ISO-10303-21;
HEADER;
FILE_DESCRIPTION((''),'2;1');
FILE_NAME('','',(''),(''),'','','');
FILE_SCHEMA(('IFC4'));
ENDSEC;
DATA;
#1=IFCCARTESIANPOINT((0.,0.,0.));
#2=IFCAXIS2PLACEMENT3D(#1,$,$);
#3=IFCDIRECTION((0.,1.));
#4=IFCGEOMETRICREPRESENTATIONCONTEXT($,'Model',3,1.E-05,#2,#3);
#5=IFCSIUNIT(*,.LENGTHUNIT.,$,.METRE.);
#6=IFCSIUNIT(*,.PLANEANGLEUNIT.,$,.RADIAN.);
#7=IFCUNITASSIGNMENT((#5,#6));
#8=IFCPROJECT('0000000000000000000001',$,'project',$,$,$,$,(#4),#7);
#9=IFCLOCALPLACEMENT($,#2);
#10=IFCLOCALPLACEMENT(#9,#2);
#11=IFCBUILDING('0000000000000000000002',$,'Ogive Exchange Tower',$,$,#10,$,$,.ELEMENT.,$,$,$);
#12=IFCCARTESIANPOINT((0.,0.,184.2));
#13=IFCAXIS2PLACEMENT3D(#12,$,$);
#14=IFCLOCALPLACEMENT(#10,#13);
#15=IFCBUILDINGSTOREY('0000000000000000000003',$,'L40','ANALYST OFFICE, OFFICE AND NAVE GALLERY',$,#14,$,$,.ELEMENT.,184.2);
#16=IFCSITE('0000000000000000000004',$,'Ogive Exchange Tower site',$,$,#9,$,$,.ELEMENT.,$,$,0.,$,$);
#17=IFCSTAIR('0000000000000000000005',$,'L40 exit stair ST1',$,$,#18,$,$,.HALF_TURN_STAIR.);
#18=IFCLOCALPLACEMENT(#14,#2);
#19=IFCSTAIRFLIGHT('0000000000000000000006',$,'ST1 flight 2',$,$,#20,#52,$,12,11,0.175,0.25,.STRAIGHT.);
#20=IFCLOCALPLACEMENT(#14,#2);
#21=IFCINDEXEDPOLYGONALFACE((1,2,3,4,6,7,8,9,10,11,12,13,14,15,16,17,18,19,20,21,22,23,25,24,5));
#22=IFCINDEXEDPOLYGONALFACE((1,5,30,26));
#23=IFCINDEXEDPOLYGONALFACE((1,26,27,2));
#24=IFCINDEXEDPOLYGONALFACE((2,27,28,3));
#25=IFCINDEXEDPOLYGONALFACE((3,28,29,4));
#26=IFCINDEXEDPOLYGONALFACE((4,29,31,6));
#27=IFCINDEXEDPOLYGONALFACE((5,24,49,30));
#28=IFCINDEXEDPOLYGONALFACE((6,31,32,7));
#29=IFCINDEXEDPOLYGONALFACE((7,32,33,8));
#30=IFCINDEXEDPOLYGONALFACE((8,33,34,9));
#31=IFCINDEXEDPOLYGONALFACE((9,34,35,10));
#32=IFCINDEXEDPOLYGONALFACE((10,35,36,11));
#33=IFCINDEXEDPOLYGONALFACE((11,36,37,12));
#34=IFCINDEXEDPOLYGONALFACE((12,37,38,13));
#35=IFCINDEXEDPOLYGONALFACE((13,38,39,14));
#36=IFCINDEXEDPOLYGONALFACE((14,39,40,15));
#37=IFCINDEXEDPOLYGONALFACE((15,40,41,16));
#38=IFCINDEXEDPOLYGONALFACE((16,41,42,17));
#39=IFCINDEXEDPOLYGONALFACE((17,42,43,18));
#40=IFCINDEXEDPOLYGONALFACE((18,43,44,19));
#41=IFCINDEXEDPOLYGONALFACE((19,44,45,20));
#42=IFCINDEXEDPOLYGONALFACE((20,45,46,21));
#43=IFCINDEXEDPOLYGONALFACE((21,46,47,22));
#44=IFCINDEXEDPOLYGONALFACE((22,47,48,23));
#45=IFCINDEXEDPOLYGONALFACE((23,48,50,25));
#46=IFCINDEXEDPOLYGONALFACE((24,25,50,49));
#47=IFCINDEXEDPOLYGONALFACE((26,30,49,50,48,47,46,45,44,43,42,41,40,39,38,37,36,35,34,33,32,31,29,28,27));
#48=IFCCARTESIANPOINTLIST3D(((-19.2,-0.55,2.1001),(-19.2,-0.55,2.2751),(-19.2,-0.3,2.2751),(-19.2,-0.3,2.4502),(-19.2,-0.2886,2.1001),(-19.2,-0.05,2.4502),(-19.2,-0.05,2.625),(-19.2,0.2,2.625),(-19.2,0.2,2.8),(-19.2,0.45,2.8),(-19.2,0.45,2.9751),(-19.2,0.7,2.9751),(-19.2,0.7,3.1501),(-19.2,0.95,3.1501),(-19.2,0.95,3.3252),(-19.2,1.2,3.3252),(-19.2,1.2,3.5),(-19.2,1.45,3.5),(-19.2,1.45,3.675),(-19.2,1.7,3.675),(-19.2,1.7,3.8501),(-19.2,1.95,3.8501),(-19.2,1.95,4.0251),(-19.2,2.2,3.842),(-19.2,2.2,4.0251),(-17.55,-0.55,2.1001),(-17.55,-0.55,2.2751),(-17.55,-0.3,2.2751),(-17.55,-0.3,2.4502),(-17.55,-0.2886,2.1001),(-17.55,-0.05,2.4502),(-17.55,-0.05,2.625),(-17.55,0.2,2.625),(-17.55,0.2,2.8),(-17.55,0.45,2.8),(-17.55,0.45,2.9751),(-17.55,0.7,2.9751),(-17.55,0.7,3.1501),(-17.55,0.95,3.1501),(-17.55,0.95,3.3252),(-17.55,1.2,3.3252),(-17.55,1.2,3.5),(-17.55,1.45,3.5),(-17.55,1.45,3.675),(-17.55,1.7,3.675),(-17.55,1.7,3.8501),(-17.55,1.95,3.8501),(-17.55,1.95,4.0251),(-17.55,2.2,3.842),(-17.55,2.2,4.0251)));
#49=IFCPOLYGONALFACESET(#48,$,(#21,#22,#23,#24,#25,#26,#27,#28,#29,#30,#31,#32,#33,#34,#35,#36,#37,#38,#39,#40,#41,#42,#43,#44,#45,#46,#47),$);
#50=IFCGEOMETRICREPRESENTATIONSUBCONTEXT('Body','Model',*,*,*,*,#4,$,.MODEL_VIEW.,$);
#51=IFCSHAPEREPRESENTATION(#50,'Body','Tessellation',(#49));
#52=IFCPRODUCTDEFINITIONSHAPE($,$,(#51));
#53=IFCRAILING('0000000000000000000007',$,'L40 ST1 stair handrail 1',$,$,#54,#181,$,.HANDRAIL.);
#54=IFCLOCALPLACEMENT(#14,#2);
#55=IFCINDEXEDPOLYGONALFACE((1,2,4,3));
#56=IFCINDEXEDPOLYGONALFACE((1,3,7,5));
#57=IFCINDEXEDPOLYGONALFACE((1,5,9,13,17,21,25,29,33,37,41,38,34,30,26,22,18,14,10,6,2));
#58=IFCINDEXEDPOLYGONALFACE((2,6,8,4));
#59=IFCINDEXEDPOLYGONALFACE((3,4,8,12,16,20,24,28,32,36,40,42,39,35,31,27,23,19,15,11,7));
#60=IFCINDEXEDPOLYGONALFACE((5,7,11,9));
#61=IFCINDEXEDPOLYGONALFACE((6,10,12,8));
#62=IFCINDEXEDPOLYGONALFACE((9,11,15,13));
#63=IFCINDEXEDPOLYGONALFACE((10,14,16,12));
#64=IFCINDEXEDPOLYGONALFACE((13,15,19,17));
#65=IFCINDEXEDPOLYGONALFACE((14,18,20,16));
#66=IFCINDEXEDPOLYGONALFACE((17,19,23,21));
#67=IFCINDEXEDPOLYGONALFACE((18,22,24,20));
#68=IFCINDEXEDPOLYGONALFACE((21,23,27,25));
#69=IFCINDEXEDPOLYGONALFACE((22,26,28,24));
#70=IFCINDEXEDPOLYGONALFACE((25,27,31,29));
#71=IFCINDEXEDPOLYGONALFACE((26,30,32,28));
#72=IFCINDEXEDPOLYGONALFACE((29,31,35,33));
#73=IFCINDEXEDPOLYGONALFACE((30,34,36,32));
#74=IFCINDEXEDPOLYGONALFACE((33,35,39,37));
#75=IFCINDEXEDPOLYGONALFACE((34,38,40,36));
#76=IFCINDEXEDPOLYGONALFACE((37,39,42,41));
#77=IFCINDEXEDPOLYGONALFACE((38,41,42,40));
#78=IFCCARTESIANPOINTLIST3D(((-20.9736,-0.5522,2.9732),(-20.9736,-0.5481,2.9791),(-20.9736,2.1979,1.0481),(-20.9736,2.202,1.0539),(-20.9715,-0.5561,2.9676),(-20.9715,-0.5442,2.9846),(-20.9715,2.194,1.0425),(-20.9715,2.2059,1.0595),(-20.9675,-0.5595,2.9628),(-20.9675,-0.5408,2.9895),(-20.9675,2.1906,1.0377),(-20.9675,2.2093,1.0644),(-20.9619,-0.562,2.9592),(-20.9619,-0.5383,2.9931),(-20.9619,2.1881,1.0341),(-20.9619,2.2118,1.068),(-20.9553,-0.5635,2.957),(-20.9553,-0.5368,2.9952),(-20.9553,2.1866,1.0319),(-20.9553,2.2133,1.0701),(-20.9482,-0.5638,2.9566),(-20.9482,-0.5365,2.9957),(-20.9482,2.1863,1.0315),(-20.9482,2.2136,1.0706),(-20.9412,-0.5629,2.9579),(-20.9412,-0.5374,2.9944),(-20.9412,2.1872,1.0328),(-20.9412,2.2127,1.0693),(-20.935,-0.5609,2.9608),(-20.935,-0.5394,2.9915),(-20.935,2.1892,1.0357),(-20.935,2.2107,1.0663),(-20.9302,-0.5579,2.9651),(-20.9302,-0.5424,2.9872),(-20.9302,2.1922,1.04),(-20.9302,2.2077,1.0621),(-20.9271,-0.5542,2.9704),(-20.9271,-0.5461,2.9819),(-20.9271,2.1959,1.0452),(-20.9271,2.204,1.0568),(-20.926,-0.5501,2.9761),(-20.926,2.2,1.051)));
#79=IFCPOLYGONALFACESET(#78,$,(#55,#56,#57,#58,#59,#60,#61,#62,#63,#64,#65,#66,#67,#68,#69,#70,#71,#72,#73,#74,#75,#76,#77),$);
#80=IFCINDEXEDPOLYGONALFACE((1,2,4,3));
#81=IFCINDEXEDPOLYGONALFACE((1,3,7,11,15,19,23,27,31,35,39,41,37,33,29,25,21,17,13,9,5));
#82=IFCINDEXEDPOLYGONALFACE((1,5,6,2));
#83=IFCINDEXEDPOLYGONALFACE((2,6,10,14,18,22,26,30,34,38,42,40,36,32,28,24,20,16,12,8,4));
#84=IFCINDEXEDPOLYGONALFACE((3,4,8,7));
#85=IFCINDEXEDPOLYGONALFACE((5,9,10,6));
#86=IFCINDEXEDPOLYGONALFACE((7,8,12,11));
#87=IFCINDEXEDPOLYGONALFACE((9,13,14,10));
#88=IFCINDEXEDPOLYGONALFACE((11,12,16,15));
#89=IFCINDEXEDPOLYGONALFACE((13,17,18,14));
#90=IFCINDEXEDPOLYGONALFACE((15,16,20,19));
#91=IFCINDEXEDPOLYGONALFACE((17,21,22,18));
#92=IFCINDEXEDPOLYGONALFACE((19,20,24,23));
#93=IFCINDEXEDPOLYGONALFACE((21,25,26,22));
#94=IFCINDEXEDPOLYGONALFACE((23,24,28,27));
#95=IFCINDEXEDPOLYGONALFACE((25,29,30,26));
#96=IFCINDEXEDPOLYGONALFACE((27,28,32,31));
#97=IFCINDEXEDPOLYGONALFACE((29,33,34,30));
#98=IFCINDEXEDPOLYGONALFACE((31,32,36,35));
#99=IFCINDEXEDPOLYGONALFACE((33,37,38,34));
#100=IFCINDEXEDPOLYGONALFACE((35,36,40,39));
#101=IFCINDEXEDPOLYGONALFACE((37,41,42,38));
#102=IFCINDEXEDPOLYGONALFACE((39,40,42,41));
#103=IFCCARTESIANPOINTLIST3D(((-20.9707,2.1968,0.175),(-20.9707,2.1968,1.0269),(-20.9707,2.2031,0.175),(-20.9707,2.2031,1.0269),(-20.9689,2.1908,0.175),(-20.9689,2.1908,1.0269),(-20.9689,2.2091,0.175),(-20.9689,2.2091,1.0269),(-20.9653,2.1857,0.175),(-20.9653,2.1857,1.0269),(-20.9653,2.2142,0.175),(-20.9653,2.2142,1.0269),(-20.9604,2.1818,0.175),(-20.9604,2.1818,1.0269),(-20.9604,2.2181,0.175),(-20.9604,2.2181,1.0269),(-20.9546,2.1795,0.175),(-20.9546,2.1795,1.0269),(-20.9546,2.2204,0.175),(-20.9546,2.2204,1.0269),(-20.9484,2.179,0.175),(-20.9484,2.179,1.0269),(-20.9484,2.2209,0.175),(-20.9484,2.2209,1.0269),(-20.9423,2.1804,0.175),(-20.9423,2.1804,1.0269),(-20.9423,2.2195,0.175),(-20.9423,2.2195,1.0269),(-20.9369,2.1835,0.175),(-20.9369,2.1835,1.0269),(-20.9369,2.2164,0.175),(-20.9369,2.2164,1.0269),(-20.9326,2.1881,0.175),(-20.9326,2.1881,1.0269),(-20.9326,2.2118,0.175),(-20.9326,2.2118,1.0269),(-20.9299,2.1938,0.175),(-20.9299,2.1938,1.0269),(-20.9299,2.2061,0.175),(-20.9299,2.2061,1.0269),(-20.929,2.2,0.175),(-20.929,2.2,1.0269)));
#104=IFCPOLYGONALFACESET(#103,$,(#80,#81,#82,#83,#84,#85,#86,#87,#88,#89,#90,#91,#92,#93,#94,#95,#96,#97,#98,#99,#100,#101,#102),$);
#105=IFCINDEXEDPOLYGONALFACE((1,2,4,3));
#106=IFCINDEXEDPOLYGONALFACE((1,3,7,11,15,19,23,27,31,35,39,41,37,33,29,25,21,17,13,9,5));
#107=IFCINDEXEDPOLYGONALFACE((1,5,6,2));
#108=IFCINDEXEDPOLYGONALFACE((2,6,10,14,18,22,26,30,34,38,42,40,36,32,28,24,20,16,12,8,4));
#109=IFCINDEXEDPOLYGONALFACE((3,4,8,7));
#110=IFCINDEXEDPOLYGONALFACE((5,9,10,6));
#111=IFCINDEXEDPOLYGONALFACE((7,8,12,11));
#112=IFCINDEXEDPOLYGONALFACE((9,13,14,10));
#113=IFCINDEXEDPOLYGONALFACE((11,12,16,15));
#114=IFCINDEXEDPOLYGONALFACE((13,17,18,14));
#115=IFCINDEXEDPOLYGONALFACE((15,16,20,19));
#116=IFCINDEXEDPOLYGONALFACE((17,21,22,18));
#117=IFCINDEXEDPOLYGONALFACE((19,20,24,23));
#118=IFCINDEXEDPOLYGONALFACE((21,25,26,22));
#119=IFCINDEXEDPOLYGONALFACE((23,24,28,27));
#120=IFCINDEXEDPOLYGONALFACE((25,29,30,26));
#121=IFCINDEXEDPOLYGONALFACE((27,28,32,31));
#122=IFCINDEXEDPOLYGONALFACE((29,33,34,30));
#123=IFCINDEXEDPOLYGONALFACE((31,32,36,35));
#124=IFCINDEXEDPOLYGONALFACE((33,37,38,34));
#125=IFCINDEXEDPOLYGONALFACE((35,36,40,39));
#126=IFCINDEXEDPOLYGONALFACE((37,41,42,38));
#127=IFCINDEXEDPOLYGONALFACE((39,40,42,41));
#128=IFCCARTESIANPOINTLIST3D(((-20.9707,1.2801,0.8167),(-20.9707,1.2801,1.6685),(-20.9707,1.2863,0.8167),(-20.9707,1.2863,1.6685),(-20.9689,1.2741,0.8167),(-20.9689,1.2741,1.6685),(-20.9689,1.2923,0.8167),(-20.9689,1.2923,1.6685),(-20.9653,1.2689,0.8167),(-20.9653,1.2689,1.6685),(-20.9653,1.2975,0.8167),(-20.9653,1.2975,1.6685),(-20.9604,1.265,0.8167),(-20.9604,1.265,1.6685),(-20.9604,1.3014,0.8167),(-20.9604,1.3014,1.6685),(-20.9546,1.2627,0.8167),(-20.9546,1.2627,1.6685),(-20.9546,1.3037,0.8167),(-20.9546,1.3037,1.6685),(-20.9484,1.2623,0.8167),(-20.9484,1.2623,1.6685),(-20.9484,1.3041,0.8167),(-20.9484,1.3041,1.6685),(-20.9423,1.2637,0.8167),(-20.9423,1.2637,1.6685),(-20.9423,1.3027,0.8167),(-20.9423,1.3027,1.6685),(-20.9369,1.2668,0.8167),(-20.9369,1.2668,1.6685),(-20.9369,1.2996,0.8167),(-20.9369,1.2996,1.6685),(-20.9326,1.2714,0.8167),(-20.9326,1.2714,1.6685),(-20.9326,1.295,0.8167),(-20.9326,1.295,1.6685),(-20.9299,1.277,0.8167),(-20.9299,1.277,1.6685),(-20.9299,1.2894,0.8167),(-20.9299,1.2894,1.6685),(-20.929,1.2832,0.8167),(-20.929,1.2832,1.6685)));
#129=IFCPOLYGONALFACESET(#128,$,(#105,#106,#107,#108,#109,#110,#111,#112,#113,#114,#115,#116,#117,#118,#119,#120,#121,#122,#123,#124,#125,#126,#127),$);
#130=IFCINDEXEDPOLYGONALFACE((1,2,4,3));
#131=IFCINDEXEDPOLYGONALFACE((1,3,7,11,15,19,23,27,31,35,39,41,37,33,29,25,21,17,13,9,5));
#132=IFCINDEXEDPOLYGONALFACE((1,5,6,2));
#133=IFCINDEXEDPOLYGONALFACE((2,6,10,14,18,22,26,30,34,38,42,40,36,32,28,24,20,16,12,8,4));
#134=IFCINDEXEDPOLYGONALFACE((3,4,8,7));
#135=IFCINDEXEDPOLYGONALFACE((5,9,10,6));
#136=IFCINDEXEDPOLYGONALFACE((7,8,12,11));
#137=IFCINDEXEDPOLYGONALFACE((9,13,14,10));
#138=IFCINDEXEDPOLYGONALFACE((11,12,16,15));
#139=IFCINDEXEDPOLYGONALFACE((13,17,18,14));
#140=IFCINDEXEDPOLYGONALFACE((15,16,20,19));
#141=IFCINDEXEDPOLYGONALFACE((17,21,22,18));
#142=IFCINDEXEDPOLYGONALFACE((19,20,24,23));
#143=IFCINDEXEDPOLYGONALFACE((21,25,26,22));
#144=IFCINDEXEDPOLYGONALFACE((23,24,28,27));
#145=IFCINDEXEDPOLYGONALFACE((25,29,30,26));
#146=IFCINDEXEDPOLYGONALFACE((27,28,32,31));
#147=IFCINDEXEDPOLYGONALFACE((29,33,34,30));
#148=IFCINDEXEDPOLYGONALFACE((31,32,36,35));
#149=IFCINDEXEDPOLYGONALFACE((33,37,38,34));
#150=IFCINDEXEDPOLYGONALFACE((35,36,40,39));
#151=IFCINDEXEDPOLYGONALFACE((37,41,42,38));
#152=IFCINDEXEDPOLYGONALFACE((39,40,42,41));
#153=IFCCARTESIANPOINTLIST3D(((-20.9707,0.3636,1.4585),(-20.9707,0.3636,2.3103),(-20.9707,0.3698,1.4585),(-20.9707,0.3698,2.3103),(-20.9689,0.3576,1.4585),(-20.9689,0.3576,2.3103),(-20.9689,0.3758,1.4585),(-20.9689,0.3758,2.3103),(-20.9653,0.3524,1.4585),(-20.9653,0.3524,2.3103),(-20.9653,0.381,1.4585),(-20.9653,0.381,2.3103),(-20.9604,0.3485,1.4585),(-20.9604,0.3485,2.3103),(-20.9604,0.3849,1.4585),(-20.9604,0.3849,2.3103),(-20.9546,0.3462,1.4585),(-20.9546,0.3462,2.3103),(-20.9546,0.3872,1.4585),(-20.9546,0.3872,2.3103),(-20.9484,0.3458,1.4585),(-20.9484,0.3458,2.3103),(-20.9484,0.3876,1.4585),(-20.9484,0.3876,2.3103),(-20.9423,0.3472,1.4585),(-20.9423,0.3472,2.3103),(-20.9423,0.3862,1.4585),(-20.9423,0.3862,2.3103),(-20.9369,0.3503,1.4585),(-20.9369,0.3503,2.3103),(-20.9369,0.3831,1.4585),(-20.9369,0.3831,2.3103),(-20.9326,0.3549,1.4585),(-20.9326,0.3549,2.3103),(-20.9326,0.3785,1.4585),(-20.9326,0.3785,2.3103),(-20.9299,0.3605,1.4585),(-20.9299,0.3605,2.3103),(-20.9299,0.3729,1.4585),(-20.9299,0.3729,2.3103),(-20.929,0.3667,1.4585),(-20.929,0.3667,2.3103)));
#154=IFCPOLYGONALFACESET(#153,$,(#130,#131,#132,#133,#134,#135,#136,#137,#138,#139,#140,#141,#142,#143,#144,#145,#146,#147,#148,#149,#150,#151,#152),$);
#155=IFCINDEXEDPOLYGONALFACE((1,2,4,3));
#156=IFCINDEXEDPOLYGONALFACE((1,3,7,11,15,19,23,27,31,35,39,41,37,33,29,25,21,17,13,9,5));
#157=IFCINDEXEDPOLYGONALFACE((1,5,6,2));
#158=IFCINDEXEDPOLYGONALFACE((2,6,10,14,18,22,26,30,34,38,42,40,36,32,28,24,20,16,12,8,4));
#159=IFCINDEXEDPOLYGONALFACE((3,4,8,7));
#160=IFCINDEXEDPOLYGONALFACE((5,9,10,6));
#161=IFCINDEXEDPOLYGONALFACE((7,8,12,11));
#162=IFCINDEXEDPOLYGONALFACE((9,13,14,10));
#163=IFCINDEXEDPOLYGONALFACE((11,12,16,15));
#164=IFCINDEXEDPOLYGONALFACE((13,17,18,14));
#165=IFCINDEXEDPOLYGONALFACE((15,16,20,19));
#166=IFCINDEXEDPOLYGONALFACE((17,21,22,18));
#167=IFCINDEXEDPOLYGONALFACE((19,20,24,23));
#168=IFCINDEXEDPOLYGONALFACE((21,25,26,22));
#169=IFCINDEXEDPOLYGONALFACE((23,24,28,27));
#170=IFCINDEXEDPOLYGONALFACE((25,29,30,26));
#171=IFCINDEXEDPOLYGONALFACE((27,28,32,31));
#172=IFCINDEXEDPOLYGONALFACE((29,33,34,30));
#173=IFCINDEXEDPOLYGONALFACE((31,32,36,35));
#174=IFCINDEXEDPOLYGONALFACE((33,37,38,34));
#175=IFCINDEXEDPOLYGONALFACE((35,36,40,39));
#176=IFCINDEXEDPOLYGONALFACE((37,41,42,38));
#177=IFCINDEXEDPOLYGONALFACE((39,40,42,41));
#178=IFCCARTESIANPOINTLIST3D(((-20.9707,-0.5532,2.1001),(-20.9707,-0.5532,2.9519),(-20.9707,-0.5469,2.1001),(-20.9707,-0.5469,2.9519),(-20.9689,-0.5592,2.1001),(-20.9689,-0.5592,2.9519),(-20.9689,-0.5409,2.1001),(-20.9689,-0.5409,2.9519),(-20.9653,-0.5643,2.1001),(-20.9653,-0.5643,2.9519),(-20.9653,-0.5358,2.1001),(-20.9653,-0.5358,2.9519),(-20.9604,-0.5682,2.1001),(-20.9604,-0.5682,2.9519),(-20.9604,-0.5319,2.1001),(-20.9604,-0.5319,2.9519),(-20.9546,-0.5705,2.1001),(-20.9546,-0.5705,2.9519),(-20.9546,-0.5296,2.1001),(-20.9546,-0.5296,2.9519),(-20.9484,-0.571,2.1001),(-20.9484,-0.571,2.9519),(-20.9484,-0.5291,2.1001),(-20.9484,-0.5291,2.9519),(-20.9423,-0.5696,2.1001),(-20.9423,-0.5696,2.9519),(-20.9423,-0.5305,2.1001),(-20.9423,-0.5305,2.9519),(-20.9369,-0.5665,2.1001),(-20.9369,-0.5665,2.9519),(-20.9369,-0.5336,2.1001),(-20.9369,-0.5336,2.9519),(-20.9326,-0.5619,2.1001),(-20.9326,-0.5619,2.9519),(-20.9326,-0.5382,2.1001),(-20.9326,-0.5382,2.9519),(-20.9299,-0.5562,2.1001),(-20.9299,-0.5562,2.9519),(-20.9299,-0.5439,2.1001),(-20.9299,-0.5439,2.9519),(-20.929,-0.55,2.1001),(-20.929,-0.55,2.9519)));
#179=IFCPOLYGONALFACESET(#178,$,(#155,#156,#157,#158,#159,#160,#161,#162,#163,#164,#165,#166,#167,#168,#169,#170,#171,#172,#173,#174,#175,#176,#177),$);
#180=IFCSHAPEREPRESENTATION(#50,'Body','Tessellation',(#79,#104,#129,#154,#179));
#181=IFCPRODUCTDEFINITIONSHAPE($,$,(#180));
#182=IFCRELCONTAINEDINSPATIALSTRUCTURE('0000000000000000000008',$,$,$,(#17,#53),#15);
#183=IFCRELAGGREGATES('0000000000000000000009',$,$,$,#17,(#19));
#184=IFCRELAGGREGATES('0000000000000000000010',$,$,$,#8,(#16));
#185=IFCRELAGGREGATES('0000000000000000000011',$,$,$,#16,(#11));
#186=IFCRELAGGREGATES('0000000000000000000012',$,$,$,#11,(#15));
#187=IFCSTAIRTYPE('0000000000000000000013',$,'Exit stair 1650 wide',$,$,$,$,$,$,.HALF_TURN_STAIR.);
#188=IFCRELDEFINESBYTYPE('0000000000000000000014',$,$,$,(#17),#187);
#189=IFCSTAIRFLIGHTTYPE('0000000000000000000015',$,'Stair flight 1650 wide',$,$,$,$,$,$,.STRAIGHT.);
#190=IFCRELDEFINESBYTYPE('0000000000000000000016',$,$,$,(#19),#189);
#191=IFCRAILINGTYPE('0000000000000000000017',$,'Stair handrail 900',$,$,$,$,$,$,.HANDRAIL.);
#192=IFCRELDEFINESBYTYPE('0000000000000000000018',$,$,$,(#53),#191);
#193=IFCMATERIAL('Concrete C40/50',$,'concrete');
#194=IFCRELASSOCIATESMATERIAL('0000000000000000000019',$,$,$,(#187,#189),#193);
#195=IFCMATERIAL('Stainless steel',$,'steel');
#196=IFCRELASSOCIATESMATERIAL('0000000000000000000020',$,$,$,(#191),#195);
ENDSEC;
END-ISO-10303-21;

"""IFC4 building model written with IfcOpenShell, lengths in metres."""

from ifc_helpers import new_model, si_unit, direction, frame, origin, origin_2d, place, context, subcontext, project, spatial, polyline, circle, outline, extrude, material, type_object, element, aggregate, save


model = new_model("IFC4")

# Units and contexts
model_context = context("Model", 3, precision=1e-05, world=origin(), true_north=direction((0.0, 1.0)))
body_context = subcontext(model_context, "Body", "Model", "MODEL_VIEW")
ifc_project = project(units=[si_unit("LENGTHUNIT", "METRE"), si_unit("PLANEANGLEUNIT", "RADIAN")], contexts=[model_context])

# Site, building, storey
site_placement = place(None, origin())
site = spatial("IfcSite", under=ifc_project, at=site_placement, Name="Ogive Exchange Tower site", CompositionType="ELEMENT", RefElevation=0.0)
building_placement = place(site_placement, origin())
building = spatial("IfcBuilding", under=site, at=building_placement, Name="Ogive Exchange Tower", CompositionType="ELEMENT")
storey_placement = place(building_placement, frame((0.0, 0.0, 184.2)))
storey = spatial("IfcBuildingStorey", under=building, at=storey_placement, Name="L40", Description="ANALYST OFFICE, OFFICE AND NAVE GALLERY", CompositionType="ELEMENT", Elevation=184.2)

# Stair, stair flight
ifc_material_1 = material(Name="Concrete C40/50", Category="concrete")
stair_type = type_object("IfcStairType", Name="Exit stair 1650 wide", PredefinedType="HALF_TURN_STAIR", material=ifc_material_1)
stair_placement = place(storey_placement, origin())
stair = element("IfcStair", 1, at=stair_placement, inside=storey, type_object=stair_type, Name="L40 exit stair ST1", PredefinedType="HALF_TURN_STAIR")
stair_flight_type = type_object("IfcStairFlightType", Name="Stair flight 1650 wide", PredefinedType="STRAIGHT", material=ifc_material_1)
stair_flight_1_placement = place(storey_placement, frame((-18.375, -0.55, 2.1001), z_axis=(0.0, 0.0, 1.0), x_axis=(0.0, 1.0, 0.0)))
stair_flight_1 = element("IfcStairFlight", 2, at=stair_flight_1_placement, type_object=stair_flight_type, Name="ST1 flight 2", NumberOfRisers=12, NumberOfTreads=11, PredefinedType="STRAIGHT", RiserHeight=0.175, TreadLength=0.25, context=body_context, shape_type="SweptSolid", body=[
    extrude(outline(polyline([(0.0, 0.0), (0.0, 0.175), (0.25, 0.175), (0.25, 0.3501), (0.5, 0.3501), (0.5, 0.5249), (0.75, 0.5249), (0.75, 0.7), (1.0, 0.7), (1.0, 0.875), (1.25, 0.875), (1.25, 1.05), (1.5, 1.05), (1.5, 1.2251), (1.75, 1.2251), (1.75, 1.3999), (2.0, 1.3999), (2.0, 1.575), (2.25, 1.575), (2.25, 1.75), (2.5, 1.75), (2.5, 1.925), (2.75, 1.925), (2.75, 2.1001), (2.75, 1.7419), (0.2615, 0.0), (0.0, 0.0)])), frame((0.0, 0.825, 0.0), z_axis=(0.0, -1.0, 0.0), x_axis=(1.0, 0.0, 0.0)), (0.0, 0.0, 1.0), 1.6499),
])
aggregate(stair, [stair_flight_1])

# Railing
ifc_material_2 = material(Name="Stainless steel", Category="steel")
railing_type = type_object("IfcRailingType", Name="Stair handrail 900", PredefinedType="HANDRAIL", material=ifc_material_2)
railing_placement = place(storey_placement, frame((-20.95, 2.2, 0.175)))
element("IfcRailing", 3, at=railing_placement, inside=storey, type_object=railing_type, Name="L40 ST1 stair handrail 1", PredefinedType="HANDRAIL", context=body_context, shape_type="SweptSolid", body=[
    extrude(circle(Radius=0.0239, at=origin_2d()), frame((0.0, 0.0, 0.876), z_axis=(0.0, -0.819225, 0.573472), x_axis=(1.0, 0.0, 0.0)), (0.0, 0.0, 1.0), 3.3569),
    extrude(circle(Radius=0.021, at=origin_2d()), origin(), (0.0, 0.0, 1.0), 0.8518),
    extrude(circle(Radius=0.021, at=origin_2d()), frame((0.0, -0.9167, 0.6416)), (0.0, 0.0, 1.0), 0.8518),
    extrude(circle(Radius=0.021, at=origin_2d()), frame((0.0, -1.8333, 1.2834)), (0.0, 0.0, 1.0), 0.8518),
    extrude(circle(Radius=0.021, at=origin_2d()), frame((0.0, -2.75, 1.925)), (0.0, 0.0, 1.0), 0.8518),
])

save(model, "model.ifc")
